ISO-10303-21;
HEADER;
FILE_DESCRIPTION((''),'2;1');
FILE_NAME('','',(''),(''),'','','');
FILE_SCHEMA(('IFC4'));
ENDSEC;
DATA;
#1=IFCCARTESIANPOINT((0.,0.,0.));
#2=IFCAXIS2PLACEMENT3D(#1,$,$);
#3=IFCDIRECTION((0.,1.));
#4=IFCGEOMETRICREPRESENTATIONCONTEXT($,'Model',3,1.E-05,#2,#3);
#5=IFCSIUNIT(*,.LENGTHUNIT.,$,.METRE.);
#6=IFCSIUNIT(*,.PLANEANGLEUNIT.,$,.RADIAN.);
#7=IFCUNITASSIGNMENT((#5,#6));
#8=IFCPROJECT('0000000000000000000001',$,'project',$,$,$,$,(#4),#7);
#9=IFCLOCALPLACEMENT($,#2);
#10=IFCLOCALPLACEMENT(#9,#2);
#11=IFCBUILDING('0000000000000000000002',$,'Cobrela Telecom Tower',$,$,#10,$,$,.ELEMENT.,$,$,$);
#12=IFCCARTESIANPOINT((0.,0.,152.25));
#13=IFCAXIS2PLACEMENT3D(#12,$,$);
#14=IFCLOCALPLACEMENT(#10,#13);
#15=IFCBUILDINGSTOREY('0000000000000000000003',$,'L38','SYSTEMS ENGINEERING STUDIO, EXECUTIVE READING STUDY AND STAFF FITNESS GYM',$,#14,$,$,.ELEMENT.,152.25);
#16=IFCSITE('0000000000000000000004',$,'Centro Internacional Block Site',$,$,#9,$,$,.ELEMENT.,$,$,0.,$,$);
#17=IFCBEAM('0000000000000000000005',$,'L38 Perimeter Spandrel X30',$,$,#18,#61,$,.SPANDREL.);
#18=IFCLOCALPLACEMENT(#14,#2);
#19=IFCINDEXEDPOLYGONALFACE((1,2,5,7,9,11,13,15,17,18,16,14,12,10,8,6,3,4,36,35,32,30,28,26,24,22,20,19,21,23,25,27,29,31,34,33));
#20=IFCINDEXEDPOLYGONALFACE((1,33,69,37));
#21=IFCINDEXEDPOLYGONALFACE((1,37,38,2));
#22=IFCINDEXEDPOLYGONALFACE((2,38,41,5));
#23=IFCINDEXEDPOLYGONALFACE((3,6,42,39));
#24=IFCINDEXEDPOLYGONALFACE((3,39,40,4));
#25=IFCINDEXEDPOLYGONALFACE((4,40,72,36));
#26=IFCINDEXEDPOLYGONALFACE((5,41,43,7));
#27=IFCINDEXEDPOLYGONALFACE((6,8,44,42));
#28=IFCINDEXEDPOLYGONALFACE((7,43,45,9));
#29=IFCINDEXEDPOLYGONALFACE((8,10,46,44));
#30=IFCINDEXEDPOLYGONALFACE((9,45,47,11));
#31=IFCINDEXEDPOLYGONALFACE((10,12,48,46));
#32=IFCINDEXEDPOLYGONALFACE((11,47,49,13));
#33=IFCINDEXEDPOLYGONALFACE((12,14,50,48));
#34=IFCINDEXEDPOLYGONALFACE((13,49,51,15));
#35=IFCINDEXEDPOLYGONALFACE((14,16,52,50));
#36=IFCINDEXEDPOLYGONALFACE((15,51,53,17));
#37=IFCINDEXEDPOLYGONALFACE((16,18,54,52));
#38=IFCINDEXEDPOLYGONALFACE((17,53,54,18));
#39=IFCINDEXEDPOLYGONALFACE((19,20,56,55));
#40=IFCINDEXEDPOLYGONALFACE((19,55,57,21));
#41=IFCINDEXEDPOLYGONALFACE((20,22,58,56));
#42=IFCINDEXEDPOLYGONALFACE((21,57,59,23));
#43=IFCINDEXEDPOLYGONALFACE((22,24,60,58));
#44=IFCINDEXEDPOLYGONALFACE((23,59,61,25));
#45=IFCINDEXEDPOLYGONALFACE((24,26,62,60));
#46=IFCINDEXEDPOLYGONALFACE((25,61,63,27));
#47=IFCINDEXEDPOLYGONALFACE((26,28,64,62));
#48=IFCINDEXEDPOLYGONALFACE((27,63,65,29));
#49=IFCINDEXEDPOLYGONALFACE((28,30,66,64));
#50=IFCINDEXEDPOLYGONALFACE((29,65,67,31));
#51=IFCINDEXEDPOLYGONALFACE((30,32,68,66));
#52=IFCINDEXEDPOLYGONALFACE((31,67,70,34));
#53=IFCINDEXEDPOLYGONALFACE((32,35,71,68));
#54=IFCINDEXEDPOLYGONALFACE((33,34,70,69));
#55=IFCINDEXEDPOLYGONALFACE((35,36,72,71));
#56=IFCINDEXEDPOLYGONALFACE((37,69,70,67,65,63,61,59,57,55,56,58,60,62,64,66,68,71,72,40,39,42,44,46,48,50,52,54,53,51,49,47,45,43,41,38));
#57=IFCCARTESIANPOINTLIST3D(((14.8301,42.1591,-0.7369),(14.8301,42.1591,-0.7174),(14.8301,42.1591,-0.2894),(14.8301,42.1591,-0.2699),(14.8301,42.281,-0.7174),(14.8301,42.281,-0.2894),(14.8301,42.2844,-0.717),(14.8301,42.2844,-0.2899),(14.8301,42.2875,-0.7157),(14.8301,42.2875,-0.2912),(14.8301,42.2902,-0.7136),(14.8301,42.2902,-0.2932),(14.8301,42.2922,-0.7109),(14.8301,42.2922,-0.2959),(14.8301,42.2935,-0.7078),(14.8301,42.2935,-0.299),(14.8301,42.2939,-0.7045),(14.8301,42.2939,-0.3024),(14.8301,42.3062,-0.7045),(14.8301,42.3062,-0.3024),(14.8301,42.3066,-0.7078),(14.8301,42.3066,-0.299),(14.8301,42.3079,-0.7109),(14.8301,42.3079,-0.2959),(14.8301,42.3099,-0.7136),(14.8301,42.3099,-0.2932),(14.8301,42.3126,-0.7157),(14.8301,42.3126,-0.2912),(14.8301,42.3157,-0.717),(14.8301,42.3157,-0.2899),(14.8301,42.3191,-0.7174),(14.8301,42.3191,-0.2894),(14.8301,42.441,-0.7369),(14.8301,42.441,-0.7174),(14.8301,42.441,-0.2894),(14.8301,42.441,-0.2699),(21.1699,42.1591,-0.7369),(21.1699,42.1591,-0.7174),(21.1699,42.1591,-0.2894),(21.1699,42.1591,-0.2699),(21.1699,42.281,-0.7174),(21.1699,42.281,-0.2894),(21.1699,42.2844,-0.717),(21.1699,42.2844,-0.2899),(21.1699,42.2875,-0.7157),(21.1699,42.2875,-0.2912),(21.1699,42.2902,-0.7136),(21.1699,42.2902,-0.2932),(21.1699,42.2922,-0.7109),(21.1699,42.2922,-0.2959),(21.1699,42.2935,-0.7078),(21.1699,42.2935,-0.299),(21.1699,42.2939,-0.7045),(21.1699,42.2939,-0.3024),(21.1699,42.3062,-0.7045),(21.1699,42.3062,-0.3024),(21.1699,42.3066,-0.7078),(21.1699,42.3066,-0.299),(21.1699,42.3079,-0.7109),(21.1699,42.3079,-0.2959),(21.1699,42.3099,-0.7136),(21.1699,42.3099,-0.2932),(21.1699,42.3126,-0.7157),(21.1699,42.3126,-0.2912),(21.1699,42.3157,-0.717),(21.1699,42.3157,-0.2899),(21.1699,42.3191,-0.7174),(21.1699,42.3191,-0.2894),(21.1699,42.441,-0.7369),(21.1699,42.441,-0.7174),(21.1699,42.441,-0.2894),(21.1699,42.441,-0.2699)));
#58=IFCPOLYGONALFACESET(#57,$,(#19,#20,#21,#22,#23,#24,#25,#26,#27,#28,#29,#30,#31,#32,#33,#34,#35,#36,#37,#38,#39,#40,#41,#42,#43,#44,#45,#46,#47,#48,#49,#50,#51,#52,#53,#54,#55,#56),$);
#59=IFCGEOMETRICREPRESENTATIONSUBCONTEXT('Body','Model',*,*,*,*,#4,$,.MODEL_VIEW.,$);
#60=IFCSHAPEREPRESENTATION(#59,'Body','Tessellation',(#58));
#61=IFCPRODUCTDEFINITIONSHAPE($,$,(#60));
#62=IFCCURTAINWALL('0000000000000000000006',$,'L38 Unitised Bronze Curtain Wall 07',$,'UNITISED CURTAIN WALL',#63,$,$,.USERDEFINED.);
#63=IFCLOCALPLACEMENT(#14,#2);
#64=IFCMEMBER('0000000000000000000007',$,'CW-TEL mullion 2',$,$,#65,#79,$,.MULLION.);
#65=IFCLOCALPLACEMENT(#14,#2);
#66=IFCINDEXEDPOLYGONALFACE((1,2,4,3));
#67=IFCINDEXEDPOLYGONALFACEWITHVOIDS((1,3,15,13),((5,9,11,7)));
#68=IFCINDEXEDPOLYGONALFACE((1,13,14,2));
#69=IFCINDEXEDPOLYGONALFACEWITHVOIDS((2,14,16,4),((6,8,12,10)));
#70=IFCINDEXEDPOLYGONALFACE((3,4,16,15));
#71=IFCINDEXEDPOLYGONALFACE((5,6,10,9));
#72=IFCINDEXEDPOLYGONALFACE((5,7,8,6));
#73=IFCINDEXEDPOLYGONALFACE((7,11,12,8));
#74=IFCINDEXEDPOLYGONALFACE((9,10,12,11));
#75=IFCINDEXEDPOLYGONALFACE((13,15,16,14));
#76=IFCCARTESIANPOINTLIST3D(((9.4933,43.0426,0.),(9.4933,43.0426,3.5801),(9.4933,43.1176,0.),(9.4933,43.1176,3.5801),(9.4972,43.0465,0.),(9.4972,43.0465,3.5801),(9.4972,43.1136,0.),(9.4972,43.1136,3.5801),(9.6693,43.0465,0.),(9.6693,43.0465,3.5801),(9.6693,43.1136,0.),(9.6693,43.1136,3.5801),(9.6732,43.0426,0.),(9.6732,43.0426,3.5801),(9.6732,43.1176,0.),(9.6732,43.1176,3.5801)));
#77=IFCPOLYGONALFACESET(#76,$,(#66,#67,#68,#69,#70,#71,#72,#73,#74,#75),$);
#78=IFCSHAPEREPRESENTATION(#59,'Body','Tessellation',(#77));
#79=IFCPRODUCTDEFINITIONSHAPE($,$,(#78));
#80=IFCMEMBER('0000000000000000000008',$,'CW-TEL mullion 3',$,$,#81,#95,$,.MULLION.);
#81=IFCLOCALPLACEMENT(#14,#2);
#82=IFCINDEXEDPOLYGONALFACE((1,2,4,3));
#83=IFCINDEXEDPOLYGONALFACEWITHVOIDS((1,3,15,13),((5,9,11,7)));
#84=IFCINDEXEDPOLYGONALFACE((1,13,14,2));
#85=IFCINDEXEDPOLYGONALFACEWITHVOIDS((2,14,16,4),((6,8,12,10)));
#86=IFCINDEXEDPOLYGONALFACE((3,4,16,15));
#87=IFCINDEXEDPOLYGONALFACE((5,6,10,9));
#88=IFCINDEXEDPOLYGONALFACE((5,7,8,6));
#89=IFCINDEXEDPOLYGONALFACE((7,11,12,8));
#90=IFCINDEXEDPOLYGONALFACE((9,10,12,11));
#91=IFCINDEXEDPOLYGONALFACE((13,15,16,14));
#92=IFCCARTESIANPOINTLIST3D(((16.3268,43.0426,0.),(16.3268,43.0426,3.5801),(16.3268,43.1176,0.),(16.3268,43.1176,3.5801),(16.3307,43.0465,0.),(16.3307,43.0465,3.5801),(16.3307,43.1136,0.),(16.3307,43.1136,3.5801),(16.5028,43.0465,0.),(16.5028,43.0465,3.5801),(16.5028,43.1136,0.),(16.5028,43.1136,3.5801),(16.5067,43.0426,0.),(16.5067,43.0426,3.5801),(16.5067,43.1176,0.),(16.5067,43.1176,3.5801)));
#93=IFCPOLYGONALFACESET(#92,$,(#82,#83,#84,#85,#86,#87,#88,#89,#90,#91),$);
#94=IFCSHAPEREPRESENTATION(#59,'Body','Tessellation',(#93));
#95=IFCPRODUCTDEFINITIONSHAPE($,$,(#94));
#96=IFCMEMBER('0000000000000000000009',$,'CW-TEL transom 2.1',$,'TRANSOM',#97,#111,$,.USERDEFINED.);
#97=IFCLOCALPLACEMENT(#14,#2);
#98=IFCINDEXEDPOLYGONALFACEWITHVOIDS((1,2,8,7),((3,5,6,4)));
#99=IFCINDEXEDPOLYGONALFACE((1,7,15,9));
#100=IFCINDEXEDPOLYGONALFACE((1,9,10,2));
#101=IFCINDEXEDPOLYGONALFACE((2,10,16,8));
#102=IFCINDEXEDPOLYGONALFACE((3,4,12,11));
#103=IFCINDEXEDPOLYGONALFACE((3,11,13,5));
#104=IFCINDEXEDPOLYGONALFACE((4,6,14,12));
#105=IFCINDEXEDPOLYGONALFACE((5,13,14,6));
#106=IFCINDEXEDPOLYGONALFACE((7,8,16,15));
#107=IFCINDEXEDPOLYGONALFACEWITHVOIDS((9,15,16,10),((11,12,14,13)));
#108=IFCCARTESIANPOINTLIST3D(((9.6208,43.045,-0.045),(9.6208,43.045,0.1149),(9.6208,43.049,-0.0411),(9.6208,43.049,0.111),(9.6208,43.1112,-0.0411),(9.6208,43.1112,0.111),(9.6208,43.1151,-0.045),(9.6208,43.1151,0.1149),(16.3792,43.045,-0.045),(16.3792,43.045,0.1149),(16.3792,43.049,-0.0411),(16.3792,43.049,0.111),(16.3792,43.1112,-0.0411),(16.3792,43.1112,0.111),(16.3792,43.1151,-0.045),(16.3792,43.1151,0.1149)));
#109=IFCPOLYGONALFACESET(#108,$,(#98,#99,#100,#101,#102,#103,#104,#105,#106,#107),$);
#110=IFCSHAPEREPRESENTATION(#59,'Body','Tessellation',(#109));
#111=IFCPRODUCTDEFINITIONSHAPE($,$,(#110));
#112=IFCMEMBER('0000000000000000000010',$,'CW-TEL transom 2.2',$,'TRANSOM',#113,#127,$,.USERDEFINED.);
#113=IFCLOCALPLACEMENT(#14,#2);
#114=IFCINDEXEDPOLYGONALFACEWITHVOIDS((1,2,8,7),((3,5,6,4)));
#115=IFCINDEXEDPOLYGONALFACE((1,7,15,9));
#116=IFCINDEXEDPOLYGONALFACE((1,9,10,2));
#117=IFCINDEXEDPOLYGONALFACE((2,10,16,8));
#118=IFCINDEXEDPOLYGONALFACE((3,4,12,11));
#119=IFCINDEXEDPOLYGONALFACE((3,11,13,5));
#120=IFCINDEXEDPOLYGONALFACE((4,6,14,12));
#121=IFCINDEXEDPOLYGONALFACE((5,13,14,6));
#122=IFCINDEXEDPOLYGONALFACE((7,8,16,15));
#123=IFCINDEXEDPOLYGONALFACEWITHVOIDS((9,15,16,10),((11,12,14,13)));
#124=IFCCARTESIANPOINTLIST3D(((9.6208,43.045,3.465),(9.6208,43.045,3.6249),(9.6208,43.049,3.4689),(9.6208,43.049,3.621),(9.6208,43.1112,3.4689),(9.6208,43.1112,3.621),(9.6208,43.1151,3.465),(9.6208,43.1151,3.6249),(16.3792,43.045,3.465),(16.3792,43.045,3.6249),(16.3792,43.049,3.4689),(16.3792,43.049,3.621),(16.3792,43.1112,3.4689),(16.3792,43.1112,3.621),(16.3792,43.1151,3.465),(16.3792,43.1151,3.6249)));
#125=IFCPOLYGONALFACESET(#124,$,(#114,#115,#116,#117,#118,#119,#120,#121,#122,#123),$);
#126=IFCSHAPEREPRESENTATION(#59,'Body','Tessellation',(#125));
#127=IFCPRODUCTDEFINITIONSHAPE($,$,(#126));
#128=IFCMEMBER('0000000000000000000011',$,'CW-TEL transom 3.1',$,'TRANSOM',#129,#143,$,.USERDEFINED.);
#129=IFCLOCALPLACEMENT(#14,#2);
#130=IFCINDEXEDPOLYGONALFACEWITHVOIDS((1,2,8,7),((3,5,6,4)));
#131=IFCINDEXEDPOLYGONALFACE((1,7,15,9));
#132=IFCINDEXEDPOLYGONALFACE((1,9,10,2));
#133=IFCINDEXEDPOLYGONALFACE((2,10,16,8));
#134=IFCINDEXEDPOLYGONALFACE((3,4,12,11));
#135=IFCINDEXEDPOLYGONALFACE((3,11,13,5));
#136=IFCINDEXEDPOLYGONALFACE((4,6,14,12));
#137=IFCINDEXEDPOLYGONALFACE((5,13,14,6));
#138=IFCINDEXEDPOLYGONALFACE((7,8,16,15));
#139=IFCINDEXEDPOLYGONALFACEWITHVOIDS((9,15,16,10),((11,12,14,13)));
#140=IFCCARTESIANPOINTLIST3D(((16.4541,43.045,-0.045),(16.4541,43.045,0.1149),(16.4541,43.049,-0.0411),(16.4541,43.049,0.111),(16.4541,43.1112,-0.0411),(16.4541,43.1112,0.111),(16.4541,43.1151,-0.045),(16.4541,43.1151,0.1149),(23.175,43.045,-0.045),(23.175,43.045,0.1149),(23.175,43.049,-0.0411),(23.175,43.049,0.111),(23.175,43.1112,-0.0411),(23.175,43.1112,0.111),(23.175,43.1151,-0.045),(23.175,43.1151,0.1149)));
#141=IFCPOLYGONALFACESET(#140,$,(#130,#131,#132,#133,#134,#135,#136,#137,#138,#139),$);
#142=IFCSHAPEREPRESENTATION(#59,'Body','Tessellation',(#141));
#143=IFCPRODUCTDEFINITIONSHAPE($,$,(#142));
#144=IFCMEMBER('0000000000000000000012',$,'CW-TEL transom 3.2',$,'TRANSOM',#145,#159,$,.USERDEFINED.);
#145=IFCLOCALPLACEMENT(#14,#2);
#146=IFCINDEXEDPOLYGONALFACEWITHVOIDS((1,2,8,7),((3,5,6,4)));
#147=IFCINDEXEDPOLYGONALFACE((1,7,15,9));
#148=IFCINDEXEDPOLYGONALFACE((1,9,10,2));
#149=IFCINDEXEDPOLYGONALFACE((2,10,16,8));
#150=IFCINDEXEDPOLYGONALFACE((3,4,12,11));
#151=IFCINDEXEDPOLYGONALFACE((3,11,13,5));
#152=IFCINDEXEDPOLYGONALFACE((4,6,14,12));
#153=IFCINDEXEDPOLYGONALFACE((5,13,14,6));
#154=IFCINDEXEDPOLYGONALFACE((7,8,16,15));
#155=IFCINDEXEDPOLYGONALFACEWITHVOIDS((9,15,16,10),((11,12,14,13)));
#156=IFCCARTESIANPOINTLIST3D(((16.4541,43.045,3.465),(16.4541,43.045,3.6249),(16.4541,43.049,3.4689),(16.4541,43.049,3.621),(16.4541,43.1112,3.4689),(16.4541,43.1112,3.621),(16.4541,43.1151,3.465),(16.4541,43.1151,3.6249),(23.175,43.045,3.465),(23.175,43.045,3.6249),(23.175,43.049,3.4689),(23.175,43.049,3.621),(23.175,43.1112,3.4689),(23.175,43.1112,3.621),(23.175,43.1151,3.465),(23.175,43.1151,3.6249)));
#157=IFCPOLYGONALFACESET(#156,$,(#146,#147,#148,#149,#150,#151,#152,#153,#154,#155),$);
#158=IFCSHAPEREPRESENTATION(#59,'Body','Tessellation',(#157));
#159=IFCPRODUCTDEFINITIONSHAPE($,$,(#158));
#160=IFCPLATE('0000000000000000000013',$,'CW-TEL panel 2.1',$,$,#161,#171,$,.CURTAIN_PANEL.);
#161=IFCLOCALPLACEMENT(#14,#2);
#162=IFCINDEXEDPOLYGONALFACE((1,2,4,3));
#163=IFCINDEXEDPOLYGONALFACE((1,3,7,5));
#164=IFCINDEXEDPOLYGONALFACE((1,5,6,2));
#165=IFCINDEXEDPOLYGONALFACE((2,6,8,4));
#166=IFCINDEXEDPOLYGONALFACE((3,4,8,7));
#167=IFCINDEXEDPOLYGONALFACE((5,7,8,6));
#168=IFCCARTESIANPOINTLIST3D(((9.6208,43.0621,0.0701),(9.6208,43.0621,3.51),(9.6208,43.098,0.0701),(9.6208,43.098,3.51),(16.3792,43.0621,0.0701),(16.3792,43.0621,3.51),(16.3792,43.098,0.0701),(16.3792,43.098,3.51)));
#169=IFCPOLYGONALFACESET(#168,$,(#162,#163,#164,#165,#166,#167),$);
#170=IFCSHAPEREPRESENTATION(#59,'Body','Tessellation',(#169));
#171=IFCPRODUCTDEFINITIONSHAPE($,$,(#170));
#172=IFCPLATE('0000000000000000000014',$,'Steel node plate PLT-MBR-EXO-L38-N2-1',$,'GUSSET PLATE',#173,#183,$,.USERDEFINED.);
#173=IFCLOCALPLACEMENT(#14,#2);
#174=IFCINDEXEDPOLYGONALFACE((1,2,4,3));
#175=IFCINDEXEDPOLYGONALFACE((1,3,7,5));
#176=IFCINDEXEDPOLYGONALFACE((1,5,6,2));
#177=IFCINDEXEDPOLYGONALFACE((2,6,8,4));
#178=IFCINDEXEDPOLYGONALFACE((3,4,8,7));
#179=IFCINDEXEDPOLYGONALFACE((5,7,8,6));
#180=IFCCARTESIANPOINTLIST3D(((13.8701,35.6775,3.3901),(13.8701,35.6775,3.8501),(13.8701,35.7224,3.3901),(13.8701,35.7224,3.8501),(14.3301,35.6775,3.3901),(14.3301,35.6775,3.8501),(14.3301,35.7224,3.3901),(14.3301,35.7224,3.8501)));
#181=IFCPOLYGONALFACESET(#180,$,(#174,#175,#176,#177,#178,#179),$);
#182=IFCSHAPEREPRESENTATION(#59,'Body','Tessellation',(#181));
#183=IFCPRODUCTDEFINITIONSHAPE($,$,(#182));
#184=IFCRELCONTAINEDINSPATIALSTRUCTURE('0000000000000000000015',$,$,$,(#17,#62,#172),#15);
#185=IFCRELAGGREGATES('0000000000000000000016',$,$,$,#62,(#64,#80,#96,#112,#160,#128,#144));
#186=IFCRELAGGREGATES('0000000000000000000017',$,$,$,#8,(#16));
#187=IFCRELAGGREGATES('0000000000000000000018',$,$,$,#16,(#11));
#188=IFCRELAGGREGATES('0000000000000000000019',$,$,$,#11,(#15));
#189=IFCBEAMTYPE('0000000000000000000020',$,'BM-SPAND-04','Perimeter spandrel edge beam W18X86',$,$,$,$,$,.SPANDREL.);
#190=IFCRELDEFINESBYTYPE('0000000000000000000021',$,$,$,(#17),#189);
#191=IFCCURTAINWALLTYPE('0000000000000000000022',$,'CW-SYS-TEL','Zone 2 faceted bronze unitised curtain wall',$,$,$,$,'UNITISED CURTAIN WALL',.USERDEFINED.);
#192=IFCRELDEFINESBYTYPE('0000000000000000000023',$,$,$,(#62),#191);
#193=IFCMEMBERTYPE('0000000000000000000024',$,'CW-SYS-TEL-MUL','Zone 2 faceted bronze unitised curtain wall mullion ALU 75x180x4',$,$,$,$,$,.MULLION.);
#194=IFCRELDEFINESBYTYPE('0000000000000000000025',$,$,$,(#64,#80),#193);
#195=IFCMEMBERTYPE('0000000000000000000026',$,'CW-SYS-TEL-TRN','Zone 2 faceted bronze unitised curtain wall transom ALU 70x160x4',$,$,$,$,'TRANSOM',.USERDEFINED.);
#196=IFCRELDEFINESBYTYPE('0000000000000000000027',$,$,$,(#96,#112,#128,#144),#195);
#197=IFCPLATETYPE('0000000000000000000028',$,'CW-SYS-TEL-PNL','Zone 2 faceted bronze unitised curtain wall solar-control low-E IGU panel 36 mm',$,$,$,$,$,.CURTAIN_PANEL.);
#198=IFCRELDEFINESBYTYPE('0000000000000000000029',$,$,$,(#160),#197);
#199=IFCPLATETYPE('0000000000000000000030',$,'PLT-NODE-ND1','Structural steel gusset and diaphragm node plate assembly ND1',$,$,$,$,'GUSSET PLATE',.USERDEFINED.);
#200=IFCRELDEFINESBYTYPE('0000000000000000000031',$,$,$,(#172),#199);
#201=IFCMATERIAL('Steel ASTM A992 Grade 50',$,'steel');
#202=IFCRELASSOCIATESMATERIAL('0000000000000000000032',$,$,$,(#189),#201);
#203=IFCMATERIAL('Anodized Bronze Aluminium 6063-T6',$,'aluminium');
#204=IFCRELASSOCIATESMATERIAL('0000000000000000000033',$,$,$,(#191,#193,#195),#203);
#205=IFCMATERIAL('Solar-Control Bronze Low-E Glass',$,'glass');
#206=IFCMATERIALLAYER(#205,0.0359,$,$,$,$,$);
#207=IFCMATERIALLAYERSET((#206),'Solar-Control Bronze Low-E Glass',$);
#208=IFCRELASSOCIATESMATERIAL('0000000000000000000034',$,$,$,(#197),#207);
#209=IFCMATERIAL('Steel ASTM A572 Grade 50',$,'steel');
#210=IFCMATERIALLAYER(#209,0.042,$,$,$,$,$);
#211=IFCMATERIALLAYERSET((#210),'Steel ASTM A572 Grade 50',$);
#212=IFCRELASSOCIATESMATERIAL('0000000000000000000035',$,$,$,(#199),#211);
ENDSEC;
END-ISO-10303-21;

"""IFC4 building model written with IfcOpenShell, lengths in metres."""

from ifc_helpers import new_model, si_unit, direction, frame, origin, origin_2d, place, context, subcontext, project, spatial, rectangle, hollow_rectangle, i_section, extrude, material, layer, layer_set, material_profile, profile_set, type_object, element, aggregate, save


model = new_model("IFC4")

# Units and contexts
model_context = context("Model", 3, precision=1e-05, world=origin(), true_north=direction((0.0, 1.0)))
body_context = subcontext(model_context, "Body", "Model", "MODEL_VIEW")
ifc_project = project(units=[si_unit("LENGTHUNIT", "METRE"), si_unit("PLANEANGLEUNIT", "RADIAN")], contexts=[model_context])

# Site, building, storey
site_placement = place(None, origin())
site = spatial("IfcSite", under=ifc_project, at=site_placement, Name="Centro Internacional Block Site", CompositionType="ELEMENT", RefElevation=0.0)
building_placement = place(site_placement, origin())
building = spatial("IfcBuilding", under=site, at=building_placement, Name="Cobrela Telecom Tower", CompositionType="ELEMENT")
storey_placement = place(building_placement, frame((0.0, 0.0, 152.25)))
storey = spatial("IfcBuildingStorey", under=building, at=storey_placement, Name="L38", Description="SYSTEMS ENGINEERING STUDIO, EXECUTIVE READING STUDY AND STAFF FITNESS GYM", CompositionType="ELEMENT", Elevation=152.25)

# Shared definitions
ifc_material_1 = material(Name="Steel ASTM A572 Grade 50", Category="steel")

# Beam
ifc_material_2 = material(Name="Steel ASTM A992 Grade 50", Category="steel")
ifc_material_profile_1 = material_profile(ifc_material_2, i_section(OverallWidth=0.282, OverallDepth=0.467, WebThickness=0.0122, FlangeThickness=0.0195, FilletRadius=0.0129, at=origin_2d()), Name="W18X86")
ifc_profile_set_1 = profile_set([ifc_material_profile_1], Name="Steel ASTM A992 Grade 50")
beam_type_1 = type_object("IfcBeamType", Name="BM-SPAND-04", Description="Perimeter spandrel edge beam W18X86", PredefinedType="SPANDREL", material=ifc_profile_set_1)
beam_1_placement = place(storey_placement, frame((14.8301, 42.3, -0.5034), z_axis=(1.0, 0.0, 0.0), x_axis=(0.0, 1.0, 0.0)))
element("IfcBeam", 1, at=beam_1_placement, inside=storey, type_object=beam_type_1, Name="L38 Perimeter Spandrel X30", PredefinedType="SPANDREL", context=body_context, shape_type="SweptSolid", body=[
    extrude(i_section(OverallWidth=0.282, OverallDepth=0.467, WebThickness=0.0122, FlangeThickness=0.0195, FilletRadius=0.0129, at=origin_2d()), origin(), (0.0, 0.0, 1.0), 6.3398),
])

# Curtain wall, members, plate
ifc_material_3 = material(Name="Anodized Bronze Aluminium 6063-T6", Category="aluminium")
curtain_wall_type = type_object("IfcCurtainWallType", Name="CW-SYS-TEL", Description="Zone 2 faceted bronze unitised curtain wall", ElementType="UNITISED CURTAIN WALL", PredefinedType="USERDEFINED", material=ifc_material_3)
curtain_wall_placement = place(storey_placement, origin())
curtain_wall = element("IfcCurtainWall", 2, at=curtain_wall_placement, inside=storey, type_object=curtain_wall_type, Name="L38 Unitised Bronze Curtain Wall 07", ObjectType="UNITISED CURTAIN WALL", PredefinedType="USERDEFINED")
ifc_material_profile_2 = material_profile(ifc_material_3, hollow_rectangle(XDim=0.075, YDim=0.1799, WallThickness=0.0039, at=origin_2d()), Name="ALU 75x180x4")
ifc_profile_set_2 = profile_set([ifc_material_profile_2], Name="Anodized Bronze Aluminium 6063-T6")
member_type_1 = type_object("IfcMemberType", Name="CW-SYS-TEL-MUL", Description="Zone 2 faceted bronze unitised curtain wall mullion ALU 75x180x4", PredefinedType="MULLION", material=ifc_profile_set_2)
member_1_placement = place(storey_placement, frame((9.5833, 43.0801, 0.0), z_axis=(0.0, 0.0, 1.0), x_axis=(0.0, 1.0, 0.0)))
member_1 = element("IfcMember", 3, at=member_1_placement, type_object=member_type_1, Name="CW-TEL mullion 2", PredefinedType="MULLION", context=body_context, shape_type="SweptSolid", body=[
    extrude(hollow_rectangle(XDim=0.075, YDim=0.1799, WallThickness=0.0039, at=origin_2d()), origin(), (0.0, 0.0, 1.0), 3.5801),
])
member_2_placement = place(storey_placement, frame((16.4167, 43.0801, 0.0), z_axis=(0.0, 0.0, 1.0), x_axis=(0.0, 1.0, 0.0)))
member_2 = element("IfcMember", 4, at=member_2_placement, type_object=member_type_1, Name="CW-TEL mullion 3", PredefinedType="MULLION", context=body_context, shape_type="SweptSolid", body=[
    extrude(hollow_rectangle(XDim=0.075, YDim=0.1799, WallThickness=0.0039, at=origin_2d()), origin(), (0.0, 0.0, 1.0), 3.5801),
])
ifc_material_profile_3 = material_profile(ifc_material_3, hollow_rectangle(XDim=0.0701, YDim=0.1599, WallThickness=0.0039, at=origin_2d()), Name="ALU 70x160x4")
ifc_profile_set_3 = profile_set([ifc_material_profile_3], Name="Anodized Bronze Aluminium 6063-T6")
member_type_2 = type_object("IfcMemberType", Name="CW-SYS-TEL-TRN", Description="Zone 2 faceted bronze unitised curtain wall transom ALU 70x160x4", ElementType="TRANSOM", PredefinedType="USERDEFINED", material=ifc_profile_set_3)
member_3_placement = place(storey_placement, frame((9.6208, 43.0801, 0.0349), z_axis=(1.0, 0.0, 0.0), x_axis=(0.0, 1.0, 0.0)))
member_3 = element("IfcMember", 5, at=member_3_placement, type_object=member_type_2, Name="CW-TEL transom 2.1", ObjectType="TRANSOM", PredefinedType="USERDEFINED", context=body_context, shape_type="SweptSolid", body=[
    extrude(hollow_rectangle(XDim=0.0701, YDim=0.1599, WallThickness=0.0039, at=origin_2d()), origin(), (0.0, 0.0, 1.0), 6.7583),
])
member_4_placement = place(storey_placement, frame((9.6208, 43.0801, 3.5449), z_axis=(1.0, 0.0, 0.0), x_axis=(0.0, 1.0, 0.0)))
member_4 = element("IfcMember", 6, at=member_4_placement, type_object=member_type_2, Name="CW-TEL transom 2.2", ObjectType="TRANSOM", PredefinedType="USERDEFINED", context=body_context, shape_type="SweptSolid", body=[
    extrude(hollow_rectangle(XDim=0.0701, YDim=0.1599, WallThickness=0.0039, at=origin_2d()), origin(), (0.0, 0.0, 1.0), 6.7583),
])
member_5_placement = place(storey_placement, frame((16.4541, 43.0801, 0.0349), z_axis=(1.0, 0.0, 0.0), x_axis=(0.0, 1.0, 0.0)))
member_5 = element("IfcMember", 7, at=member_5_placement, type_object=member_type_2, Name="CW-TEL transom 3.1", ObjectType="TRANSOM", PredefinedType="USERDEFINED", context=body_context, shape_type="SweptSolid", body=[
    extrude(hollow_rectangle(XDim=0.0701, YDim=0.1599, WallThickness=0.0039, at=origin_2d()), origin(), (0.0, 0.0, 1.0), 6.7209),
])
member_6_placement = place(storey_placement, frame((16.4541, 43.0801, 3.5449), z_axis=(1.0, 0.0, 0.0), x_axis=(0.0, 1.0, 0.0)))
member_6 = element("IfcMember", 8, at=member_6_placement, type_object=member_type_2, Name="CW-TEL transom 3.2", ObjectType="TRANSOM", PredefinedType="USERDEFINED", context=body_context, shape_type="SweptSolid", body=[
    extrude(hollow_rectangle(XDim=0.0701, YDim=0.1599, WallThickness=0.0039, at=origin_2d()), origin(), (0.0, 0.0, 1.0), 6.7209),
])
ifc_material_4 = material(Name="Solar-Control Bronze Low-E Glass", Category="glass")
ifc_layer_1 = layer(ifc_material_4, 0.0359)
ifc_layer_set_1 = layer_set([ifc_layer_1], Name="Solar-Control Bronze Low-E Glass")
plate_type_1 = type_object("IfcPlateType", Name="CW-SYS-TEL-PNL", Description="Zone 2 faceted bronze unitised curtain wall solar-control low-E IGU panel 36 mm", PredefinedType="CURTAIN_PANEL", material=ifc_layer_set_1)
plate_1_placement = place(storey_placement, frame((13.0, 43.0801, 0.0701), z_axis=(0.0, 0.0, 1.0), x_axis=(1.0, 0.0, 0.0)))
plate_1 = element("IfcPlate", 9, at=plate_1_placement, type_object=plate_type_1, Name="CW-TEL panel 2.1", PredefinedType="CURTAIN_PANEL", context=body_context, shape_type="SweptSolid", body=[
    extrude(rectangle(XDim=6.7583, YDim=0.0359, at=origin_2d()), origin(), (0.0, 0.0, 1.0), 3.4399),
])
aggregate(curtain_wall, [member_1, member_2, member_3, member_4, plate_1, member_5, member_6])

# Plate
ifc_layer_2 = layer(ifc_material_1, 0.042)
ifc_layer_set_2 = layer_set([ifc_layer_2], Name="Steel ASTM A572 Grade 50")
plate_type_2 = type_object("IfcPlateType", Name="PLT-NODE-ND1", Description="Structural steel gusset and diaphragm node plate assembly ND1", ElementType="GUSSET PLATE", PredefinedType="USERDEFINED", material=ifc_layer_set_2)
plate_2_placement = place(storey_placement, frame((14.1001, 35.7, 3.3901), z_axis=(0.0, 0.0, 1.0), x_axis=(1.0, 0.0, 0.0)))
element("IfcPlate", 10, at=plate_2_placement, inside=storey, type_object=plate_type_2, Name="Steel node plate PLT-MBR-EXO-L38-N2-1", ObjectType="GUSSET PLATE", PredefinedType="USERDEFINED", context=body_context, shape_type="SweptSolid", body=[
    extrude(rectangle(XDim=0.46, YDim=0.0449, at=origin_2d()), origin(), (0.0, 0.0, 1.0), 0.46),
])

save(model, "model.ifc")
